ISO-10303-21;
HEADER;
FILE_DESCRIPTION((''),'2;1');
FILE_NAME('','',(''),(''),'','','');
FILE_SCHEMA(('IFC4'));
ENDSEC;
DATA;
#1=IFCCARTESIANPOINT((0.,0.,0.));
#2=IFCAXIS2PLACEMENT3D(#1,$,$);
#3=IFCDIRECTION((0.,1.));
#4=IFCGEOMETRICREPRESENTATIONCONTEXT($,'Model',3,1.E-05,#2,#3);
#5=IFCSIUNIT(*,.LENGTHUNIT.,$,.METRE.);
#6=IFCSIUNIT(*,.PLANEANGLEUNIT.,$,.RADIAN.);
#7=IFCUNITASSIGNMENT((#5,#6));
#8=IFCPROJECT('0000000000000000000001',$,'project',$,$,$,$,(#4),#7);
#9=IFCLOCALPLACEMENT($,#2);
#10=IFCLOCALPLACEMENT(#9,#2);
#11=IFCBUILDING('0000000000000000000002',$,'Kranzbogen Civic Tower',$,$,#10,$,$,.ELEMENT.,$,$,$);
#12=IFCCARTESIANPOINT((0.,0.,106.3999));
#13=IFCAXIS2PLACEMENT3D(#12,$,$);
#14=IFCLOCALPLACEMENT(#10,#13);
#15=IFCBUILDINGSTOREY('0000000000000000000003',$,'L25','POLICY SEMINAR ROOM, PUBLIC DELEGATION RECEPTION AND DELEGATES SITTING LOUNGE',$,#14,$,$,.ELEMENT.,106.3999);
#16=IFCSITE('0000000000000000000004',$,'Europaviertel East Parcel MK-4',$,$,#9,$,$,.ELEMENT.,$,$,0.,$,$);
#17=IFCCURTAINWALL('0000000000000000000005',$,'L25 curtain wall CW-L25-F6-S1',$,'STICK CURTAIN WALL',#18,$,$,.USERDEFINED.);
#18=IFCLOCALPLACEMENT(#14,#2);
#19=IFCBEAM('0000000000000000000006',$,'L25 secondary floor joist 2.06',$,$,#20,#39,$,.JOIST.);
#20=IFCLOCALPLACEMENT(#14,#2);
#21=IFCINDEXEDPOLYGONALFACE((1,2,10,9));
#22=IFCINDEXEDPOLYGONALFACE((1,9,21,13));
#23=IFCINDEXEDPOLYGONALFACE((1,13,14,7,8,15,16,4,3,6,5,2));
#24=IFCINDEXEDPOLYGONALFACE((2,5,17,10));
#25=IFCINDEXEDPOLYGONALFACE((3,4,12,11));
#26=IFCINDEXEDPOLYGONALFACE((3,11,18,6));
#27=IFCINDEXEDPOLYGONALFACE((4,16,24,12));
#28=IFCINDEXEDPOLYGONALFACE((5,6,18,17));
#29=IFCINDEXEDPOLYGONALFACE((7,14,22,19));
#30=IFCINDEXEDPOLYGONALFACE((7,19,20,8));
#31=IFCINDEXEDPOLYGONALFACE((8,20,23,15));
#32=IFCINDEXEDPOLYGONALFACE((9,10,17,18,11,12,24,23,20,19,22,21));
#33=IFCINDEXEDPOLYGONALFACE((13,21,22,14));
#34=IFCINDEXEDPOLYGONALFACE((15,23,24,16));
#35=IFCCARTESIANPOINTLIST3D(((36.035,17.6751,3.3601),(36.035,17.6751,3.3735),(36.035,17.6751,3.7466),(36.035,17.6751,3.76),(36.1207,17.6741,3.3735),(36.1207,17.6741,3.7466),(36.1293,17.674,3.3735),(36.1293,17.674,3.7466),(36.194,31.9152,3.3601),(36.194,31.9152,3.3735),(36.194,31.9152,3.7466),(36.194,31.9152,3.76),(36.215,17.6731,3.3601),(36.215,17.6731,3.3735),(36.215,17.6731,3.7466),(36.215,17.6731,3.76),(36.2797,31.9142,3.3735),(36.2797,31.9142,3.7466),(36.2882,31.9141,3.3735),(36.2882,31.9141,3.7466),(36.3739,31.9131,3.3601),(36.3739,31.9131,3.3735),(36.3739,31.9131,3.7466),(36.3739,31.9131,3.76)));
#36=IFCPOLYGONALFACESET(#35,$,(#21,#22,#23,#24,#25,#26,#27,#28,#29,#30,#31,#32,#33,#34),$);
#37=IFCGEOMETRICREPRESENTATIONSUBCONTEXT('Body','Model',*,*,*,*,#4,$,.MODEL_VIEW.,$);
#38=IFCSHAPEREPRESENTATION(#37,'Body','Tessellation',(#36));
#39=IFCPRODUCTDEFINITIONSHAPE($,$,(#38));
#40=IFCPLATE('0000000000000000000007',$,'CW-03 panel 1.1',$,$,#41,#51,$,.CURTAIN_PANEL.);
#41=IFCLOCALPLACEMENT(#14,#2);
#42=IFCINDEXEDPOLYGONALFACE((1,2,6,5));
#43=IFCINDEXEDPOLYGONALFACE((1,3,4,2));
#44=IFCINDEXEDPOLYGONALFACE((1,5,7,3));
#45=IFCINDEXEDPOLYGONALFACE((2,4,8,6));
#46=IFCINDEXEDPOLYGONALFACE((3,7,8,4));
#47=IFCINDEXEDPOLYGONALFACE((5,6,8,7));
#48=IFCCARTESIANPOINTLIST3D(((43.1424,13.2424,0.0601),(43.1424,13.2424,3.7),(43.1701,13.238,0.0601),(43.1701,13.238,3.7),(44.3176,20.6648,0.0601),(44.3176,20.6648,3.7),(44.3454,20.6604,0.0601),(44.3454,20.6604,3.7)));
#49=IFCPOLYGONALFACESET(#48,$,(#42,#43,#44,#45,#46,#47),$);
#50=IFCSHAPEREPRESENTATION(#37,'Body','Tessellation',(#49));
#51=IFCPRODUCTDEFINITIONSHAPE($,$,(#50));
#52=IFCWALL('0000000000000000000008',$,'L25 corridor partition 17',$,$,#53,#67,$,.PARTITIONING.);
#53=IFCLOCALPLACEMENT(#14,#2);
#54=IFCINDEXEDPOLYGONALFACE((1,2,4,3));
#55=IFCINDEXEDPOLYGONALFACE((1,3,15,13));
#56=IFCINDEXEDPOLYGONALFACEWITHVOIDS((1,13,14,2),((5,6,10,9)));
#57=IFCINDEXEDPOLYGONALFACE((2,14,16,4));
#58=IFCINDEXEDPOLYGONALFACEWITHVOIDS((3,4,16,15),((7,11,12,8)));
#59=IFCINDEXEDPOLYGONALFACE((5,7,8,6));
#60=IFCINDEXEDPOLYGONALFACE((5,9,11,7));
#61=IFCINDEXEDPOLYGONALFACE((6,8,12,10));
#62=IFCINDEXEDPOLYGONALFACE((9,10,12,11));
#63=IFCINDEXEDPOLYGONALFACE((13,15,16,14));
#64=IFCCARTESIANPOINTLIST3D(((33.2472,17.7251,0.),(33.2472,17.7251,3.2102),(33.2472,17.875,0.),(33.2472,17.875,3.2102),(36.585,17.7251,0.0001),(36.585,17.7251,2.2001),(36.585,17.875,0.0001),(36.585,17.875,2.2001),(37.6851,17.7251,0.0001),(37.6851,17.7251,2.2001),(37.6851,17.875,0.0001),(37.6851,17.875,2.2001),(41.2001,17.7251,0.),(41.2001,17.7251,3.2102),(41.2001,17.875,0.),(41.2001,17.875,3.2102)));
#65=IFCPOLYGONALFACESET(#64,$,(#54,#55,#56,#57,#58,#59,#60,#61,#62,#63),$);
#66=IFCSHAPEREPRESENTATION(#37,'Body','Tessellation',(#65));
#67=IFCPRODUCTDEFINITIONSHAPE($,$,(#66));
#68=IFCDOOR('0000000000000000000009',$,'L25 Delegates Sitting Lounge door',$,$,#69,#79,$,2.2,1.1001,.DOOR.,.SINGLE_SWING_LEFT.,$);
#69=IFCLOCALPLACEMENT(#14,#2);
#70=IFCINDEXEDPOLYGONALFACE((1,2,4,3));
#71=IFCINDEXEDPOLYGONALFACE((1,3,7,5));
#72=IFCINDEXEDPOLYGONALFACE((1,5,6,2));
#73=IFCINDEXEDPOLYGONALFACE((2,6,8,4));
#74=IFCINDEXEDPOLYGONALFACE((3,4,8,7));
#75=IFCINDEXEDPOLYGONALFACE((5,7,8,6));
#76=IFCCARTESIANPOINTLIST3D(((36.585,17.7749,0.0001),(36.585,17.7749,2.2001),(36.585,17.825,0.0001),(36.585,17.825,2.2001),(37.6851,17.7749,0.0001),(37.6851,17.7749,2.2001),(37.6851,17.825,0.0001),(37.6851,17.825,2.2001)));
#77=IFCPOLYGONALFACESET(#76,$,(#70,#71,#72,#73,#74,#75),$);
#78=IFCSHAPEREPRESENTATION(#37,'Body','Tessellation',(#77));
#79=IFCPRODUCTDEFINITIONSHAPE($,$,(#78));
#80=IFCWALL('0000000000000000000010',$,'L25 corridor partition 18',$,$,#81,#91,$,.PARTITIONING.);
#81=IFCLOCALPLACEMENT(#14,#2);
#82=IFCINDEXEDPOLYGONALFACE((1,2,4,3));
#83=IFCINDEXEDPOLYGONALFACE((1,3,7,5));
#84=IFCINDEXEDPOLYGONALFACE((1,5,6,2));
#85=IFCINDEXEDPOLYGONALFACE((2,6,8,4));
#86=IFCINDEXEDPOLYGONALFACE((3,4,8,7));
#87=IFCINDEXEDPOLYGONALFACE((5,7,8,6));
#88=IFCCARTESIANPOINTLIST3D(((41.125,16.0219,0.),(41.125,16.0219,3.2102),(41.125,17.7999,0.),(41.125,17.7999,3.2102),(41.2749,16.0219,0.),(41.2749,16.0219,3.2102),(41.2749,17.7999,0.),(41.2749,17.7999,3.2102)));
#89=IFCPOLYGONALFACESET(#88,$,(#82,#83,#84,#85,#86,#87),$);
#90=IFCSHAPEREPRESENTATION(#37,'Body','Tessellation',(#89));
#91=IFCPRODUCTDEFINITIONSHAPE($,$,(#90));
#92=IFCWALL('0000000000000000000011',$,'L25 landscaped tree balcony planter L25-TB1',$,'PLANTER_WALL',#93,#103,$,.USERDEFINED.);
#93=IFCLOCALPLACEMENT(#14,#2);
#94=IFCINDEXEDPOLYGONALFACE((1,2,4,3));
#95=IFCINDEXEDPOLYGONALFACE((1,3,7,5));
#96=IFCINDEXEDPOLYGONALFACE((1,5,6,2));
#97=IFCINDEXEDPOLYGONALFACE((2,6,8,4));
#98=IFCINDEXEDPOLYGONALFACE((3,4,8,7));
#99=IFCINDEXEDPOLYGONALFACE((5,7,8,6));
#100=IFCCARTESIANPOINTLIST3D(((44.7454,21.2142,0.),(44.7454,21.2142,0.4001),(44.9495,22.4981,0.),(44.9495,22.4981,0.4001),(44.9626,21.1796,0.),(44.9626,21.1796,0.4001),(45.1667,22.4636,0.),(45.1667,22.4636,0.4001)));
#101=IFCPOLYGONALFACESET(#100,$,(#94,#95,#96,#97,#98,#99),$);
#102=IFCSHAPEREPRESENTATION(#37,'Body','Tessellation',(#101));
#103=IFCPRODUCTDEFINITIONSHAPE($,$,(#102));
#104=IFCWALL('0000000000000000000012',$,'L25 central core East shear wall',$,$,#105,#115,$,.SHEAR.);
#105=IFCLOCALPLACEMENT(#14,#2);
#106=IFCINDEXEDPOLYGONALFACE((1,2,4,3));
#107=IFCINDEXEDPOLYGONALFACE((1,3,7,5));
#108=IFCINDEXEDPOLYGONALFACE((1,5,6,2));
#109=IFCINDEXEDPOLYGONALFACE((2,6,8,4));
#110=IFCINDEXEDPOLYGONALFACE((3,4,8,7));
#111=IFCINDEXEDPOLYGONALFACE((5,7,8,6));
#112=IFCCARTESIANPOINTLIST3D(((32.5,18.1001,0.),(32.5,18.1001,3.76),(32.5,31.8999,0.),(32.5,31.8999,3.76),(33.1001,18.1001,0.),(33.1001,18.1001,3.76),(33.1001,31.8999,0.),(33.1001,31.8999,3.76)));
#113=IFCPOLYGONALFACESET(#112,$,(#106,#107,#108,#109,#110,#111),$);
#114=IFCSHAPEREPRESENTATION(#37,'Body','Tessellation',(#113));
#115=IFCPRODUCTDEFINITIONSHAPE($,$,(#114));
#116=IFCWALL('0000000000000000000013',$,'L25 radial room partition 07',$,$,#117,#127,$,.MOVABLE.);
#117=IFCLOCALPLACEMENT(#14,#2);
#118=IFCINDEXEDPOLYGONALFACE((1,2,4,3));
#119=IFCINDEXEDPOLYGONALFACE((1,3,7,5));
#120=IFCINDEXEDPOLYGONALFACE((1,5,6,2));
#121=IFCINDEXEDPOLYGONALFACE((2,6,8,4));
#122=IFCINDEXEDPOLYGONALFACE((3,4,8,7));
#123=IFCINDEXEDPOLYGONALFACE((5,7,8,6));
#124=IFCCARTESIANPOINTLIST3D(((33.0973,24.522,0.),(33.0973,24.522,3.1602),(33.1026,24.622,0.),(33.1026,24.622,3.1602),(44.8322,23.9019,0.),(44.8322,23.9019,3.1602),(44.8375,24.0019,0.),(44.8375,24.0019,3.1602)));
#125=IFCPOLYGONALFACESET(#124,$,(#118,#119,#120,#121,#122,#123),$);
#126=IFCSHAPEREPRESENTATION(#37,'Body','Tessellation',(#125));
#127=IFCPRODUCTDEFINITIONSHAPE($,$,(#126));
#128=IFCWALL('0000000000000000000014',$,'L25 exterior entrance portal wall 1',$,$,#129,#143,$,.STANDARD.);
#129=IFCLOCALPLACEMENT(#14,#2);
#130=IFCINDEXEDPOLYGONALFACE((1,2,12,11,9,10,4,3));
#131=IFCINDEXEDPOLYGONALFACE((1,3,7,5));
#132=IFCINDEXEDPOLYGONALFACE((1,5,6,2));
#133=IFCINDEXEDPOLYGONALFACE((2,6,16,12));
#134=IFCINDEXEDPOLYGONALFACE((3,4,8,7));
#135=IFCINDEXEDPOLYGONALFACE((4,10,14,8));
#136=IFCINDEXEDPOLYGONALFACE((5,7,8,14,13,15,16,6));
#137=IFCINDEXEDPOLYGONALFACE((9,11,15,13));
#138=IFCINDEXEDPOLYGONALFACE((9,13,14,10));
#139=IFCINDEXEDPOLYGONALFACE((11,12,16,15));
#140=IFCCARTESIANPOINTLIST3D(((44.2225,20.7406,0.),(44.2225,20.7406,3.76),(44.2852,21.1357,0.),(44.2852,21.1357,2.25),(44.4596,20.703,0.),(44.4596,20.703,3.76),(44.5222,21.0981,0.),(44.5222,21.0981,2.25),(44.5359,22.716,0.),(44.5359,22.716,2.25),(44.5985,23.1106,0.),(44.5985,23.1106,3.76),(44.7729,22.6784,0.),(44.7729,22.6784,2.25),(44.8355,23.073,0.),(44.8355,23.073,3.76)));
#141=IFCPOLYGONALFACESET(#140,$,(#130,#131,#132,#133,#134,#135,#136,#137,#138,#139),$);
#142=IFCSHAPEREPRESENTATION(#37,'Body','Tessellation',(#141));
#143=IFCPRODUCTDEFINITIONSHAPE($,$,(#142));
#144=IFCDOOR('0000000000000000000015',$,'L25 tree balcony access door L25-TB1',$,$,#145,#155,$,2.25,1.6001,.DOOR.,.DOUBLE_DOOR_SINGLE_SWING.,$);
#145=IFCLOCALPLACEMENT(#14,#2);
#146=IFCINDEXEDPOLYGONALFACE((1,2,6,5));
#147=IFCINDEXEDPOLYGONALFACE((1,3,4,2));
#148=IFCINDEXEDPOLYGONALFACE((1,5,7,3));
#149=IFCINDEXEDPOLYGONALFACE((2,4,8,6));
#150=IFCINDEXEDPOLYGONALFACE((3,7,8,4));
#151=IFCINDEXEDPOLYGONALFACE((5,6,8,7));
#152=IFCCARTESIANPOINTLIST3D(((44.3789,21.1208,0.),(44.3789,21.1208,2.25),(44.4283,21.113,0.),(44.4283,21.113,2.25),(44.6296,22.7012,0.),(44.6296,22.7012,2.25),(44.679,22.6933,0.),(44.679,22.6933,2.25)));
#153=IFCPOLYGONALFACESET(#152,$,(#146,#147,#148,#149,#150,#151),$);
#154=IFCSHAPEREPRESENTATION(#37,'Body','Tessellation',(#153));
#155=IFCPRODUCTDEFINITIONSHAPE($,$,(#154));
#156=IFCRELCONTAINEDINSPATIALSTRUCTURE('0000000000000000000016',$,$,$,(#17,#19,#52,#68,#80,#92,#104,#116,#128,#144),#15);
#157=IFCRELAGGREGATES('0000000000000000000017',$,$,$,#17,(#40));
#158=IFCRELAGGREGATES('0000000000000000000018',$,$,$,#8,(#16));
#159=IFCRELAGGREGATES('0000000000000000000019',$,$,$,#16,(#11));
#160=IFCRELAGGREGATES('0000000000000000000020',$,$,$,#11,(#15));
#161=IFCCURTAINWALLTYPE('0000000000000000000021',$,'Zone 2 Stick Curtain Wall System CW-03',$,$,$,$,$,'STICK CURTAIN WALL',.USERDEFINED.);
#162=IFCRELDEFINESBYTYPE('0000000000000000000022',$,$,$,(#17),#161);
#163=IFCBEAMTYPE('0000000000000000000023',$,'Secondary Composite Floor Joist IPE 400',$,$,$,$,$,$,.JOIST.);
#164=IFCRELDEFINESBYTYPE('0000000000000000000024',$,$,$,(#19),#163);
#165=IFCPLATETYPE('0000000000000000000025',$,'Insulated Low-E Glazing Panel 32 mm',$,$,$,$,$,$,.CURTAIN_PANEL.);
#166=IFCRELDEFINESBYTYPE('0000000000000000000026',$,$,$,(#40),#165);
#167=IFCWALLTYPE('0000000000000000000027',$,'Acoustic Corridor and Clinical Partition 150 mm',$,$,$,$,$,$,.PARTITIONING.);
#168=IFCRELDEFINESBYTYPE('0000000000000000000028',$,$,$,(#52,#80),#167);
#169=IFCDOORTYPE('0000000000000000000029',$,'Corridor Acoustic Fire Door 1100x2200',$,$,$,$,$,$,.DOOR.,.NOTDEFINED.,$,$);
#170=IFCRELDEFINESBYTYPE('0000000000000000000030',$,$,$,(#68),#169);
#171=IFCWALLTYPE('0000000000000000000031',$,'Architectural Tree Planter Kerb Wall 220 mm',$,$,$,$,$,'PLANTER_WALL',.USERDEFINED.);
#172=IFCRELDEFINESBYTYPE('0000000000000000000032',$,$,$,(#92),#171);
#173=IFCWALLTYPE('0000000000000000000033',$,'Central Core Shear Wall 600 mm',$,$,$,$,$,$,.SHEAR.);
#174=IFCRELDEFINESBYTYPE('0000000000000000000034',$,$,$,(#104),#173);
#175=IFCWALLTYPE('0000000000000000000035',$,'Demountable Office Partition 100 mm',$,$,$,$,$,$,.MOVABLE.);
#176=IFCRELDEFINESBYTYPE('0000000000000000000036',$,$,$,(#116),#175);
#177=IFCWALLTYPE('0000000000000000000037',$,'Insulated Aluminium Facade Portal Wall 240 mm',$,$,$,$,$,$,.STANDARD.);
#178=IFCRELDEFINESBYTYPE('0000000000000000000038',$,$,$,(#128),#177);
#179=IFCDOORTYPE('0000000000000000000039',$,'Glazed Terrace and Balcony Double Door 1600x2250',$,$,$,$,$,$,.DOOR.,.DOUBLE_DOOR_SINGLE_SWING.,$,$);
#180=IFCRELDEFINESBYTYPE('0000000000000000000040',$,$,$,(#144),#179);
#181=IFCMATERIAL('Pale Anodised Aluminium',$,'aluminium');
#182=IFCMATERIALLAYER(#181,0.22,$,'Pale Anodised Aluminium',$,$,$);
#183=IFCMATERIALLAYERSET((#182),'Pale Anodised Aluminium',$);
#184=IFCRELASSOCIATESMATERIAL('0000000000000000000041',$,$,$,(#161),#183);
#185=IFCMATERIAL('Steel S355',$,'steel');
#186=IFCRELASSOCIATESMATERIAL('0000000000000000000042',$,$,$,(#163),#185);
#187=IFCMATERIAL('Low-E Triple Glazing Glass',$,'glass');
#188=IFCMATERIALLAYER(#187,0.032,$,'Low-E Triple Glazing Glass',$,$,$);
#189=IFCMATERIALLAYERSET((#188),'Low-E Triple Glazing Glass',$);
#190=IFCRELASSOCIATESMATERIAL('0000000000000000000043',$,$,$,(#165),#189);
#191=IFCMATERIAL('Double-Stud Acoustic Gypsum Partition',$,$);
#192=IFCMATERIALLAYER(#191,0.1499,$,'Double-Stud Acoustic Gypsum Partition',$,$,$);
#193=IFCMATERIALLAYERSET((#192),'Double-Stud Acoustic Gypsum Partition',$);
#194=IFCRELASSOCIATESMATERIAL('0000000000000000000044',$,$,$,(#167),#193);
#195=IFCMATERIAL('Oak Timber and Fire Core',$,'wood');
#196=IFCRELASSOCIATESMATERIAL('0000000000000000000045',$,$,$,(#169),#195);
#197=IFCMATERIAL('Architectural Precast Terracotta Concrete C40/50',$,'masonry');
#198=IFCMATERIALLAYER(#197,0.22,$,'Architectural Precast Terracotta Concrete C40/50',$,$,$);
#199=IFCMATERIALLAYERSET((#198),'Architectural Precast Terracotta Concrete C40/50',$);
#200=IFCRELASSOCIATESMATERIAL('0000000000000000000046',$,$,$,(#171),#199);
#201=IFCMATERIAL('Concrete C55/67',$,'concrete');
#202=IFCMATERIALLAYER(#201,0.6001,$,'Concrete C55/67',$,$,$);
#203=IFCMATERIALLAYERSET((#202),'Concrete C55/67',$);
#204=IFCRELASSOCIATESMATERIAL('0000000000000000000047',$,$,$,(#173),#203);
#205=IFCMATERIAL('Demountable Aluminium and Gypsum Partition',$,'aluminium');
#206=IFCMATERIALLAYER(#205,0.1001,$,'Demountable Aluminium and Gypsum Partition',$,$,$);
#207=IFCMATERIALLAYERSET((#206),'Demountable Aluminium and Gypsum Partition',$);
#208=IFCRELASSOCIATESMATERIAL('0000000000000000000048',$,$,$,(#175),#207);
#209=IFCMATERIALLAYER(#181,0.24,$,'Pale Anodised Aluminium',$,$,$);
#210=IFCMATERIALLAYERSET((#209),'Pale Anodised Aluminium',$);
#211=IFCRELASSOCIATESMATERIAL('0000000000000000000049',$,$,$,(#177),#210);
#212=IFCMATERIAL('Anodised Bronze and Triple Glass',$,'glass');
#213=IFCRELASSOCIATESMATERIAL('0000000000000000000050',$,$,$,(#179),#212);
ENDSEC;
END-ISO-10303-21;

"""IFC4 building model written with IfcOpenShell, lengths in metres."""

from ifc_helpers import new_model, si_unit, direction, frame, frame_2d, origin, origin_2d, place, context, subcontext, project, spatial, rectangle, i_section, extrude, material, layer, layer_set, material_profile, profile_set, type_object, element, fill, aggregate, save


model = new_model("IFC4")

# Units and contexts
model_context = context("Model", 3, precision=1e-05, world=origin(), true_north=direction((0.0, 1.0)))
body_context = subcontext(model_context, "Body", "Model", "MODEL_VIEW")
ifc_project = project(units=[si_unit("LENGTHUNIT", "METRE"), si_unit("PLANEANGLEUNIT", "RADIAN")], contexts=[model_context])

# Site, building, storey
site_placement = place(None, origin())
site = spatial("IfcSite", under=ifc_project, at=site_placement, Name="Europaviertel East Parcel MK-4", CompositionType="ELEMENT", RefElevation=0.0)
building_placement = place(site_placement, origin())
building = spatial("IfcBuilding", under=site, at=building_placement, Name="Kranzbogen Civic Tower", CompositionType="ELEMENT")
storey_placement = place(building_placement, frame((0.0, 0.0, 106.3999)))
storey = spatial("IfcBuildingStorey", under=building, at=storey_placement, Name="L25", Description="POLICY SEMINAR ROOM, PUBLIC DELEGATION RECEPTION AND DELEGATES SITTING LOUNGE", CompositionType="ELEMENT", Elevation=106.3999)

# Curtain wall
ifc_material_1 = material(Name="Pale Anodised Aluminium", Category="aluminium")
ifc_layer_1 = layer(ifc_material_1, 0.22, Name="Pale Anodised Aluminium")
ifc_layer_set_1 = layer_set([ifc_layer_1], Name="Pale Anodised Aluminium")
curtain_wall_type = type_object("IfcCurtainWallType", Name="Zone 2 Stick Curtain Wall System CW-03", ElementType="STICK CURTAIN WALL", PredefinedType="USERDEFINED", material=ifc_layer_set_1)
curtain_wall_1_placement = place(storey_placement, origin())
curtain_wall_1 = element("IfcCurtainWall", 1, at=curtain_wall_1_placement, inside=storey, type_object=curtain_wall_type, Name="L25 curtain wall CW-L25-F6-S1", ObjectType="STICK CURTAIN WALL", PredefinedType="USERDEFINED")

# Beam
ifc_material_2 = material(Name="Steel S355", Category="steel")
ifc_material_profile_1 = material_profile(ifc_material_2, i_section(OverallWidth=0.1799, OverallDepth=0.3999, WebThickness=0.0085, FlangeThickness=0.0134, at=origin_2d()), Name="IPE 400")
ifc_profile_set_1 = profile_set([ifc_material_profile_1], Name="Steel S355")
beam_type_1 = type_object("IfcBeamType", Name="Secondary Composite Floor Joist IPE 400", PredefinedType="JOIST", material=ifc_profile_set_1)
beam_1_placement = place(storey_placement, frame((36.125, 17.6741, 3.5601), z_axis=(0.011161, 0.999938, 0.0), x_axis=(-0.999938, 0.011161, 0.0)))
element("IfcBeam", 2, at=beam_1_placement, inside=storey, type_object=beam_type_1, Name="L25 secondary floor joist 2.06", PredefinedType="JOIST", context=body_context, shape_type="SweptSolid", body=[
    extrude(i_section(OverallWidth=0.1799, OverallDepth=0.3999, WebThickness=0.0085, FlangeThickness=0.0134, at=origin_2d()), origin(), (0.0, 0.0, 1.0), 14.241),
])

# Plate
ifc_material_3 = material(Name="Low-E Triple Glazing Glass", Category="glass")
ifc_layer_2 = layer(ifc_material_3, 0.032, Name="Low-E Triple Glazing Glass")
ifc_layer_set_2 = layer_set([ifc_layer_2], Name="Low-E Triple Glazing Glass")
plate_type = type_object("IfcPlateType", Name="Insulated Low-E Glazing Panel 32 mm", PredefinedType="CURTAIN_PANEL", material=ifc_layer_set_2)
plate_placement = place(storey_placement, frame((43.7439, 16.9514, 0.0601), z_axis=(0.0, 0.0, 1.0), x_axis=(0.156386, 0.987696, 0.0)))
plate = element("IfcPlate", 3, at=plate_placement, type_object=plate_type, Name="CW-03 panel 1.1", PredefinedType="CURTAIN_PANEL", context=body_context, shape_type="SweptSolid", body=[
    extrude(rectangle(XDim=7.5149, YDim=0.0281, at=origin_2d()), origin(), (0.0, 0.0, 1.0), 3.6399),
])
aggregate(curtain_wall_1, [plate])

# Wall, opening, door
ifc_material_4 = material(Name="Double-Stud Acoustic Gypsum Partition")
ifc_layer_3 = layer(ifc_material_4, 0.1499, Name="Double-Stud Acoustic Gypsum Partition")
ifc_layer_set_3 = layer_set([ifc_layer_3], Name="Double-Stud Acoustic Gypsum Partition")
wall_type_1 = type_object("IfcWallType", Name="Acoustic Corridor and Clinical Partition 150 mm", PredefinedType="PARTITIONING", material=ifc_layer_set_3)
wall_1_placement = place(storey_placement, frame((33.2471, 17.8, 0.0), z_axis=(0.0, 0.0, 1.0), x_axis=(1.0, 0.0, 0.0)))
wall_1 = element("IfcWall", 4, at=wall_1_placement, inside=storey, type_object=wall_type_1, Name="L25 corridor partition 17", PredefinedType="PARTITIONING", context=body_context, shape_type="SweptSolid", body=[
    extrude(rectangle(XDim=7.9529, YDim=0.1499, at=frame_2d((3.9766, 0.0))), origin(), (0.0, 0.0, 1.0), 3.2102),
])
opening_1_placement = place(wall_1_placement, frame((3.3379, 0.0, 0.0)))
opening_1 = element("IfcOpeningElement", 5, at=opening_1_placement, cuts=wall_1, PredefinedType="OPENING", context=body_context, shape_type="SweptSolid", body=[
    extrude(rectangle(XDim=1.1001, YDim=2.2, at=frame_2d((0.55, 1.1001))), frame((0.0, 0.085, 0.0), z_axis=(0.0, -1.0, 0.0), x_axis=(1.0, 0.0, 0.0)), (0.0, 0.0, 1.0), 0.1699),
])
ifc_material_5 = material(Name="Oak Timber and Fire Core", Category="wood")
door_type_1 = type_object("IfcDoorType", Name="Corridor Acoustic Fire Door 1100x2200", OperationType="NOTDEFINED", PredefinedType="DOOR", material=ifc_material_5)
door_1_placement = place(opening_1_placement, origin())
door_1 = element("IfcDoor", 6, at=door_1_placement, inside=storey, type_object=door_type_1, Name="L25 Delegates Sitting Lounge door", OperationType="SINGLE_SWING_LEFT", OverallHeight=2.2, OverallWidth=1.1001, PredefinedType="DOOR", context=body_context, shape_type="SweptSolid", body=[
    extrude(rectangle(XDim=1.1001, YDim=2.2, at=frame_2d((0.55, 1.1001))), frame((0.0, 0.0249, 0.0), z_axis=(0.0, -1.0, 0.0), x_axis=(1.0, 0.0, 0.0)), (0.0, 0.0, 1.0), 0.05),
])
fill(opening_1, door_1)

# Walls
wall_2_placement = place(storey_placement, frame((41.2, 17.8, 0.0), z_axis=(0.0, 0.0, 1.0), x_axis=(0.0, -1.0, 0.0)))
element("IfcWall", 7, at=wall_2_placement, inside=storey, type_object=wall_type_1, Name="L25 corridor partition 18", PredefinedType="PARTITIONING", context=body_context, shape_type="SweptSolid", body=[
    extrude(rectangle(XDim=1.7781, YDim=0.1499, at=frame_2d((0.8892, 0.0))), origin(), (0.0, 0.0, 1.0), 3.2102),
])
ifc_material_6 = material(Name="Architectural Precast Terracotta Concrete C40/50", Category="masonry")
ifc_layer_4 = layer(ifc_material_6, 0.22, Name="Architectural Precast Terracotta Concrete C40/50")
ifc_layer_set_4 = layer_set([ifc_layer_4], Name="Architectural Precast Terracotta Concrete C40/50")
wall_type_2 = type_object("IfcWallType", Name="Architectural Tree Planter Kerb Wall 220 mm", ElementType="PLANTER_WALL", PredefinedType="USERDEFINED", material=ifc_layer_set_4)
wall_3_placement = place(storey_placement, frame((44.854, 21.197, 0.0), z_axis=(0.0, 0.0, 1.0), x_axis=(0.156994, 0.9876, 0.0)))
element("IfcWall", 8, at=wall_3_placement, inside=storey, type_object=wall_type_2, Name="L25 landscaped tree balcony planter L25-TB1", ObjectType="PLANTER_WALL", PredefinedType="USERDEFINED", context=body_context, shape_type="SweptSolid", body=[
    extrude(rectangle(XDim=1.3, YDim=0.22, at=frame_2d((0.6499, 0.0))), origin(), (0.0, 0.0, 1.0), 0.4001),
])
ifc_material_7 = material(Name="Concrete C55/67", Category="concrete")
ifc_layer_5 = layer(ifc_material_7, 0.6001, Name="Concrete C55/67")
ifc_layer_set_5 = layer_set([ifc_layer_5], Name="Concrete C55/67")
wall_type_3 = type_object("IfcWallType", Name="Central Core Shear Wall 600 mm", PredefinedType="SHEAR", material=ifc_layer_set_5)
wall_4_placement = place(storey_placement, frame((32.8, 18.1001, 0.0), z_axis=(0.0, 0.0, 1.0), x_axis=(0.0, 1.0, 0.0)))
element("IfcWall", 9, at=wall_4_placement, inside=storey, type_object=wall_type_3, Name="L25 central core East shear wall", PredefinedType="SHEAR", context=body_context, shape_type="SweptSolid", body=[
    extrude(rectangle(XDim=13.7998, YDim=0.6001, at=frame_2d((6.8999, 0.0))), origin(), (0.0, 0.0, 1.0), 3.76),
])
ifc_material_8 = material(Name="Demountable Aluminium and Gypsum Partition", Category="aluminium")
ifc_layer_6 = layer(ifc_material_8, 0.1001, Name="Demountable Aluminium and Gypsum Partition")
ifc_layer_set_6 = layer_set([ifc_layer_6], Name="Demountable Aluminium and Gypsum Partition")
wall_type_4 = type_object("IfcWallType", Name="Demountable Office Partition 100 mm", PredefinedType="MOVABLE", material=ifc_layer_set_6)
wall_5_placement = place(storey_placement, frame((33.1001, 24.572, 0.0), z_axis=(0.0, 0.0, 1.0), x_axis=(0.998607, -0.05277, 0.0)))
element("IfcWall", 10, at=wall_5_placement, inside=storey, type_object=wall_type_4, Name="L25 radial room partition 07", PredefinedType="MOVABLE", context=body_context, shape_type="SweptSolid", body=[
    extrude(rectangle(XDim=11.7512, YDim=0.1001, at=frame_2d((5.8755, 0.0))), origin(), (0.0, 0.0, 1.0), 3.1602),
])

# Wall, opening, door
ifc_layer_7 = layer(ifc_material_1, 0.24, Name="Pale Anodised Aluminium")
ifc_layer_set_7 = layer_set([ifc_layer_7], Name="Pale Anodised Aluminium")
wall_type_5 = type_object("IfcWallType", Name="Insulated Aluminium Facade Portal Wall 240 mm", PredefinedType="STANDARD", material=ifc_layer_set_7)
wall_6_placement = place(storey_placement, frame((44.3411, 20.7219, 0.0), z_axis=(0.0, 0.0, 1.0), x_axis=(0.156673, 0.987651, 0.0)))
wall_6 = element("IfcWall", 11, at=wall_6_placement, inside=storey, type_object=wall_type_5, Name="L25 exterior entrance portal wall 1", PredefinedType="STANDARD", context=body_context, shape_type="SweptSolid", body=[
    extrude(rectangle(XDim=2.3997, YDim=0.24, at=frame_2d((1.1997, 0.0))), origin(), (0.0, 0.0, 1.0), 3.76),
])
opening_2_placement = place(wall_6_placement, frame((0.3999, 0.0, 0.0)))
opening_2 = element("IfcOpeningElement", 12, at=opening_2_placement, cuts=wall_6, PredefinedType="OPENING", context=body_context, shape_type="SweptSolid", body=[
    extrude(rectangle(XDim=1.6001, YDim=2.25, at=frame_2d((0.8, 1.125))), frame((0.0, 0.1299, 0.0), z_axis=(0.0, -1.0, 0.0), x_axis=(1.0, 0.0, 0.0)), (0.0, 0.0, 1.0), 0.26),
])
ifc_material_9 = material(Name="Anodised Bronze and Triple Glass", Category="glass")
door_type_2 = type_object("IfcDoorType", Name="Glazed Terrace and Balcony Double Door 1600x2250", OperationType="DOUBLE_DOOR_SINGLE_SWING", PredefinedType="DOOR", material=ifc_material_9)
door_2_placement = place(opening_2_placement, frame((1.6001, 0.0, 0.0), z_axis=(0.0, 0.0, 1.0), x_axis=(-1.0, 0.0, 0.0)))
door_2 = element("IfcDoor", 13, at=door_2_placement, inside=storey, type_object=door_type_2, Name="L25 tree balcony access door L25-TB1", OperationType="DOUBLE_DOOR_SINGLE_SWING", OverallHeight=2.25, OverallWidth=1.6001, PredefinedType="DOOR", context=body_context, shape_type="SweptSolid", body=[
    extrude(rectangle(XDim=1.6001, YDim=2.25, at=frame_2d((0.8, 1.125))), frame((0.0, 0.0249, 0.0), z_axis=(0.0, -1.0, 0.0), x_axis=(1.0, 0.0, 0.0)), (0.0, 0.0, 1.0), 0.05),
])
fill(opening_2, door_2)

save(model, "model.ifc")
